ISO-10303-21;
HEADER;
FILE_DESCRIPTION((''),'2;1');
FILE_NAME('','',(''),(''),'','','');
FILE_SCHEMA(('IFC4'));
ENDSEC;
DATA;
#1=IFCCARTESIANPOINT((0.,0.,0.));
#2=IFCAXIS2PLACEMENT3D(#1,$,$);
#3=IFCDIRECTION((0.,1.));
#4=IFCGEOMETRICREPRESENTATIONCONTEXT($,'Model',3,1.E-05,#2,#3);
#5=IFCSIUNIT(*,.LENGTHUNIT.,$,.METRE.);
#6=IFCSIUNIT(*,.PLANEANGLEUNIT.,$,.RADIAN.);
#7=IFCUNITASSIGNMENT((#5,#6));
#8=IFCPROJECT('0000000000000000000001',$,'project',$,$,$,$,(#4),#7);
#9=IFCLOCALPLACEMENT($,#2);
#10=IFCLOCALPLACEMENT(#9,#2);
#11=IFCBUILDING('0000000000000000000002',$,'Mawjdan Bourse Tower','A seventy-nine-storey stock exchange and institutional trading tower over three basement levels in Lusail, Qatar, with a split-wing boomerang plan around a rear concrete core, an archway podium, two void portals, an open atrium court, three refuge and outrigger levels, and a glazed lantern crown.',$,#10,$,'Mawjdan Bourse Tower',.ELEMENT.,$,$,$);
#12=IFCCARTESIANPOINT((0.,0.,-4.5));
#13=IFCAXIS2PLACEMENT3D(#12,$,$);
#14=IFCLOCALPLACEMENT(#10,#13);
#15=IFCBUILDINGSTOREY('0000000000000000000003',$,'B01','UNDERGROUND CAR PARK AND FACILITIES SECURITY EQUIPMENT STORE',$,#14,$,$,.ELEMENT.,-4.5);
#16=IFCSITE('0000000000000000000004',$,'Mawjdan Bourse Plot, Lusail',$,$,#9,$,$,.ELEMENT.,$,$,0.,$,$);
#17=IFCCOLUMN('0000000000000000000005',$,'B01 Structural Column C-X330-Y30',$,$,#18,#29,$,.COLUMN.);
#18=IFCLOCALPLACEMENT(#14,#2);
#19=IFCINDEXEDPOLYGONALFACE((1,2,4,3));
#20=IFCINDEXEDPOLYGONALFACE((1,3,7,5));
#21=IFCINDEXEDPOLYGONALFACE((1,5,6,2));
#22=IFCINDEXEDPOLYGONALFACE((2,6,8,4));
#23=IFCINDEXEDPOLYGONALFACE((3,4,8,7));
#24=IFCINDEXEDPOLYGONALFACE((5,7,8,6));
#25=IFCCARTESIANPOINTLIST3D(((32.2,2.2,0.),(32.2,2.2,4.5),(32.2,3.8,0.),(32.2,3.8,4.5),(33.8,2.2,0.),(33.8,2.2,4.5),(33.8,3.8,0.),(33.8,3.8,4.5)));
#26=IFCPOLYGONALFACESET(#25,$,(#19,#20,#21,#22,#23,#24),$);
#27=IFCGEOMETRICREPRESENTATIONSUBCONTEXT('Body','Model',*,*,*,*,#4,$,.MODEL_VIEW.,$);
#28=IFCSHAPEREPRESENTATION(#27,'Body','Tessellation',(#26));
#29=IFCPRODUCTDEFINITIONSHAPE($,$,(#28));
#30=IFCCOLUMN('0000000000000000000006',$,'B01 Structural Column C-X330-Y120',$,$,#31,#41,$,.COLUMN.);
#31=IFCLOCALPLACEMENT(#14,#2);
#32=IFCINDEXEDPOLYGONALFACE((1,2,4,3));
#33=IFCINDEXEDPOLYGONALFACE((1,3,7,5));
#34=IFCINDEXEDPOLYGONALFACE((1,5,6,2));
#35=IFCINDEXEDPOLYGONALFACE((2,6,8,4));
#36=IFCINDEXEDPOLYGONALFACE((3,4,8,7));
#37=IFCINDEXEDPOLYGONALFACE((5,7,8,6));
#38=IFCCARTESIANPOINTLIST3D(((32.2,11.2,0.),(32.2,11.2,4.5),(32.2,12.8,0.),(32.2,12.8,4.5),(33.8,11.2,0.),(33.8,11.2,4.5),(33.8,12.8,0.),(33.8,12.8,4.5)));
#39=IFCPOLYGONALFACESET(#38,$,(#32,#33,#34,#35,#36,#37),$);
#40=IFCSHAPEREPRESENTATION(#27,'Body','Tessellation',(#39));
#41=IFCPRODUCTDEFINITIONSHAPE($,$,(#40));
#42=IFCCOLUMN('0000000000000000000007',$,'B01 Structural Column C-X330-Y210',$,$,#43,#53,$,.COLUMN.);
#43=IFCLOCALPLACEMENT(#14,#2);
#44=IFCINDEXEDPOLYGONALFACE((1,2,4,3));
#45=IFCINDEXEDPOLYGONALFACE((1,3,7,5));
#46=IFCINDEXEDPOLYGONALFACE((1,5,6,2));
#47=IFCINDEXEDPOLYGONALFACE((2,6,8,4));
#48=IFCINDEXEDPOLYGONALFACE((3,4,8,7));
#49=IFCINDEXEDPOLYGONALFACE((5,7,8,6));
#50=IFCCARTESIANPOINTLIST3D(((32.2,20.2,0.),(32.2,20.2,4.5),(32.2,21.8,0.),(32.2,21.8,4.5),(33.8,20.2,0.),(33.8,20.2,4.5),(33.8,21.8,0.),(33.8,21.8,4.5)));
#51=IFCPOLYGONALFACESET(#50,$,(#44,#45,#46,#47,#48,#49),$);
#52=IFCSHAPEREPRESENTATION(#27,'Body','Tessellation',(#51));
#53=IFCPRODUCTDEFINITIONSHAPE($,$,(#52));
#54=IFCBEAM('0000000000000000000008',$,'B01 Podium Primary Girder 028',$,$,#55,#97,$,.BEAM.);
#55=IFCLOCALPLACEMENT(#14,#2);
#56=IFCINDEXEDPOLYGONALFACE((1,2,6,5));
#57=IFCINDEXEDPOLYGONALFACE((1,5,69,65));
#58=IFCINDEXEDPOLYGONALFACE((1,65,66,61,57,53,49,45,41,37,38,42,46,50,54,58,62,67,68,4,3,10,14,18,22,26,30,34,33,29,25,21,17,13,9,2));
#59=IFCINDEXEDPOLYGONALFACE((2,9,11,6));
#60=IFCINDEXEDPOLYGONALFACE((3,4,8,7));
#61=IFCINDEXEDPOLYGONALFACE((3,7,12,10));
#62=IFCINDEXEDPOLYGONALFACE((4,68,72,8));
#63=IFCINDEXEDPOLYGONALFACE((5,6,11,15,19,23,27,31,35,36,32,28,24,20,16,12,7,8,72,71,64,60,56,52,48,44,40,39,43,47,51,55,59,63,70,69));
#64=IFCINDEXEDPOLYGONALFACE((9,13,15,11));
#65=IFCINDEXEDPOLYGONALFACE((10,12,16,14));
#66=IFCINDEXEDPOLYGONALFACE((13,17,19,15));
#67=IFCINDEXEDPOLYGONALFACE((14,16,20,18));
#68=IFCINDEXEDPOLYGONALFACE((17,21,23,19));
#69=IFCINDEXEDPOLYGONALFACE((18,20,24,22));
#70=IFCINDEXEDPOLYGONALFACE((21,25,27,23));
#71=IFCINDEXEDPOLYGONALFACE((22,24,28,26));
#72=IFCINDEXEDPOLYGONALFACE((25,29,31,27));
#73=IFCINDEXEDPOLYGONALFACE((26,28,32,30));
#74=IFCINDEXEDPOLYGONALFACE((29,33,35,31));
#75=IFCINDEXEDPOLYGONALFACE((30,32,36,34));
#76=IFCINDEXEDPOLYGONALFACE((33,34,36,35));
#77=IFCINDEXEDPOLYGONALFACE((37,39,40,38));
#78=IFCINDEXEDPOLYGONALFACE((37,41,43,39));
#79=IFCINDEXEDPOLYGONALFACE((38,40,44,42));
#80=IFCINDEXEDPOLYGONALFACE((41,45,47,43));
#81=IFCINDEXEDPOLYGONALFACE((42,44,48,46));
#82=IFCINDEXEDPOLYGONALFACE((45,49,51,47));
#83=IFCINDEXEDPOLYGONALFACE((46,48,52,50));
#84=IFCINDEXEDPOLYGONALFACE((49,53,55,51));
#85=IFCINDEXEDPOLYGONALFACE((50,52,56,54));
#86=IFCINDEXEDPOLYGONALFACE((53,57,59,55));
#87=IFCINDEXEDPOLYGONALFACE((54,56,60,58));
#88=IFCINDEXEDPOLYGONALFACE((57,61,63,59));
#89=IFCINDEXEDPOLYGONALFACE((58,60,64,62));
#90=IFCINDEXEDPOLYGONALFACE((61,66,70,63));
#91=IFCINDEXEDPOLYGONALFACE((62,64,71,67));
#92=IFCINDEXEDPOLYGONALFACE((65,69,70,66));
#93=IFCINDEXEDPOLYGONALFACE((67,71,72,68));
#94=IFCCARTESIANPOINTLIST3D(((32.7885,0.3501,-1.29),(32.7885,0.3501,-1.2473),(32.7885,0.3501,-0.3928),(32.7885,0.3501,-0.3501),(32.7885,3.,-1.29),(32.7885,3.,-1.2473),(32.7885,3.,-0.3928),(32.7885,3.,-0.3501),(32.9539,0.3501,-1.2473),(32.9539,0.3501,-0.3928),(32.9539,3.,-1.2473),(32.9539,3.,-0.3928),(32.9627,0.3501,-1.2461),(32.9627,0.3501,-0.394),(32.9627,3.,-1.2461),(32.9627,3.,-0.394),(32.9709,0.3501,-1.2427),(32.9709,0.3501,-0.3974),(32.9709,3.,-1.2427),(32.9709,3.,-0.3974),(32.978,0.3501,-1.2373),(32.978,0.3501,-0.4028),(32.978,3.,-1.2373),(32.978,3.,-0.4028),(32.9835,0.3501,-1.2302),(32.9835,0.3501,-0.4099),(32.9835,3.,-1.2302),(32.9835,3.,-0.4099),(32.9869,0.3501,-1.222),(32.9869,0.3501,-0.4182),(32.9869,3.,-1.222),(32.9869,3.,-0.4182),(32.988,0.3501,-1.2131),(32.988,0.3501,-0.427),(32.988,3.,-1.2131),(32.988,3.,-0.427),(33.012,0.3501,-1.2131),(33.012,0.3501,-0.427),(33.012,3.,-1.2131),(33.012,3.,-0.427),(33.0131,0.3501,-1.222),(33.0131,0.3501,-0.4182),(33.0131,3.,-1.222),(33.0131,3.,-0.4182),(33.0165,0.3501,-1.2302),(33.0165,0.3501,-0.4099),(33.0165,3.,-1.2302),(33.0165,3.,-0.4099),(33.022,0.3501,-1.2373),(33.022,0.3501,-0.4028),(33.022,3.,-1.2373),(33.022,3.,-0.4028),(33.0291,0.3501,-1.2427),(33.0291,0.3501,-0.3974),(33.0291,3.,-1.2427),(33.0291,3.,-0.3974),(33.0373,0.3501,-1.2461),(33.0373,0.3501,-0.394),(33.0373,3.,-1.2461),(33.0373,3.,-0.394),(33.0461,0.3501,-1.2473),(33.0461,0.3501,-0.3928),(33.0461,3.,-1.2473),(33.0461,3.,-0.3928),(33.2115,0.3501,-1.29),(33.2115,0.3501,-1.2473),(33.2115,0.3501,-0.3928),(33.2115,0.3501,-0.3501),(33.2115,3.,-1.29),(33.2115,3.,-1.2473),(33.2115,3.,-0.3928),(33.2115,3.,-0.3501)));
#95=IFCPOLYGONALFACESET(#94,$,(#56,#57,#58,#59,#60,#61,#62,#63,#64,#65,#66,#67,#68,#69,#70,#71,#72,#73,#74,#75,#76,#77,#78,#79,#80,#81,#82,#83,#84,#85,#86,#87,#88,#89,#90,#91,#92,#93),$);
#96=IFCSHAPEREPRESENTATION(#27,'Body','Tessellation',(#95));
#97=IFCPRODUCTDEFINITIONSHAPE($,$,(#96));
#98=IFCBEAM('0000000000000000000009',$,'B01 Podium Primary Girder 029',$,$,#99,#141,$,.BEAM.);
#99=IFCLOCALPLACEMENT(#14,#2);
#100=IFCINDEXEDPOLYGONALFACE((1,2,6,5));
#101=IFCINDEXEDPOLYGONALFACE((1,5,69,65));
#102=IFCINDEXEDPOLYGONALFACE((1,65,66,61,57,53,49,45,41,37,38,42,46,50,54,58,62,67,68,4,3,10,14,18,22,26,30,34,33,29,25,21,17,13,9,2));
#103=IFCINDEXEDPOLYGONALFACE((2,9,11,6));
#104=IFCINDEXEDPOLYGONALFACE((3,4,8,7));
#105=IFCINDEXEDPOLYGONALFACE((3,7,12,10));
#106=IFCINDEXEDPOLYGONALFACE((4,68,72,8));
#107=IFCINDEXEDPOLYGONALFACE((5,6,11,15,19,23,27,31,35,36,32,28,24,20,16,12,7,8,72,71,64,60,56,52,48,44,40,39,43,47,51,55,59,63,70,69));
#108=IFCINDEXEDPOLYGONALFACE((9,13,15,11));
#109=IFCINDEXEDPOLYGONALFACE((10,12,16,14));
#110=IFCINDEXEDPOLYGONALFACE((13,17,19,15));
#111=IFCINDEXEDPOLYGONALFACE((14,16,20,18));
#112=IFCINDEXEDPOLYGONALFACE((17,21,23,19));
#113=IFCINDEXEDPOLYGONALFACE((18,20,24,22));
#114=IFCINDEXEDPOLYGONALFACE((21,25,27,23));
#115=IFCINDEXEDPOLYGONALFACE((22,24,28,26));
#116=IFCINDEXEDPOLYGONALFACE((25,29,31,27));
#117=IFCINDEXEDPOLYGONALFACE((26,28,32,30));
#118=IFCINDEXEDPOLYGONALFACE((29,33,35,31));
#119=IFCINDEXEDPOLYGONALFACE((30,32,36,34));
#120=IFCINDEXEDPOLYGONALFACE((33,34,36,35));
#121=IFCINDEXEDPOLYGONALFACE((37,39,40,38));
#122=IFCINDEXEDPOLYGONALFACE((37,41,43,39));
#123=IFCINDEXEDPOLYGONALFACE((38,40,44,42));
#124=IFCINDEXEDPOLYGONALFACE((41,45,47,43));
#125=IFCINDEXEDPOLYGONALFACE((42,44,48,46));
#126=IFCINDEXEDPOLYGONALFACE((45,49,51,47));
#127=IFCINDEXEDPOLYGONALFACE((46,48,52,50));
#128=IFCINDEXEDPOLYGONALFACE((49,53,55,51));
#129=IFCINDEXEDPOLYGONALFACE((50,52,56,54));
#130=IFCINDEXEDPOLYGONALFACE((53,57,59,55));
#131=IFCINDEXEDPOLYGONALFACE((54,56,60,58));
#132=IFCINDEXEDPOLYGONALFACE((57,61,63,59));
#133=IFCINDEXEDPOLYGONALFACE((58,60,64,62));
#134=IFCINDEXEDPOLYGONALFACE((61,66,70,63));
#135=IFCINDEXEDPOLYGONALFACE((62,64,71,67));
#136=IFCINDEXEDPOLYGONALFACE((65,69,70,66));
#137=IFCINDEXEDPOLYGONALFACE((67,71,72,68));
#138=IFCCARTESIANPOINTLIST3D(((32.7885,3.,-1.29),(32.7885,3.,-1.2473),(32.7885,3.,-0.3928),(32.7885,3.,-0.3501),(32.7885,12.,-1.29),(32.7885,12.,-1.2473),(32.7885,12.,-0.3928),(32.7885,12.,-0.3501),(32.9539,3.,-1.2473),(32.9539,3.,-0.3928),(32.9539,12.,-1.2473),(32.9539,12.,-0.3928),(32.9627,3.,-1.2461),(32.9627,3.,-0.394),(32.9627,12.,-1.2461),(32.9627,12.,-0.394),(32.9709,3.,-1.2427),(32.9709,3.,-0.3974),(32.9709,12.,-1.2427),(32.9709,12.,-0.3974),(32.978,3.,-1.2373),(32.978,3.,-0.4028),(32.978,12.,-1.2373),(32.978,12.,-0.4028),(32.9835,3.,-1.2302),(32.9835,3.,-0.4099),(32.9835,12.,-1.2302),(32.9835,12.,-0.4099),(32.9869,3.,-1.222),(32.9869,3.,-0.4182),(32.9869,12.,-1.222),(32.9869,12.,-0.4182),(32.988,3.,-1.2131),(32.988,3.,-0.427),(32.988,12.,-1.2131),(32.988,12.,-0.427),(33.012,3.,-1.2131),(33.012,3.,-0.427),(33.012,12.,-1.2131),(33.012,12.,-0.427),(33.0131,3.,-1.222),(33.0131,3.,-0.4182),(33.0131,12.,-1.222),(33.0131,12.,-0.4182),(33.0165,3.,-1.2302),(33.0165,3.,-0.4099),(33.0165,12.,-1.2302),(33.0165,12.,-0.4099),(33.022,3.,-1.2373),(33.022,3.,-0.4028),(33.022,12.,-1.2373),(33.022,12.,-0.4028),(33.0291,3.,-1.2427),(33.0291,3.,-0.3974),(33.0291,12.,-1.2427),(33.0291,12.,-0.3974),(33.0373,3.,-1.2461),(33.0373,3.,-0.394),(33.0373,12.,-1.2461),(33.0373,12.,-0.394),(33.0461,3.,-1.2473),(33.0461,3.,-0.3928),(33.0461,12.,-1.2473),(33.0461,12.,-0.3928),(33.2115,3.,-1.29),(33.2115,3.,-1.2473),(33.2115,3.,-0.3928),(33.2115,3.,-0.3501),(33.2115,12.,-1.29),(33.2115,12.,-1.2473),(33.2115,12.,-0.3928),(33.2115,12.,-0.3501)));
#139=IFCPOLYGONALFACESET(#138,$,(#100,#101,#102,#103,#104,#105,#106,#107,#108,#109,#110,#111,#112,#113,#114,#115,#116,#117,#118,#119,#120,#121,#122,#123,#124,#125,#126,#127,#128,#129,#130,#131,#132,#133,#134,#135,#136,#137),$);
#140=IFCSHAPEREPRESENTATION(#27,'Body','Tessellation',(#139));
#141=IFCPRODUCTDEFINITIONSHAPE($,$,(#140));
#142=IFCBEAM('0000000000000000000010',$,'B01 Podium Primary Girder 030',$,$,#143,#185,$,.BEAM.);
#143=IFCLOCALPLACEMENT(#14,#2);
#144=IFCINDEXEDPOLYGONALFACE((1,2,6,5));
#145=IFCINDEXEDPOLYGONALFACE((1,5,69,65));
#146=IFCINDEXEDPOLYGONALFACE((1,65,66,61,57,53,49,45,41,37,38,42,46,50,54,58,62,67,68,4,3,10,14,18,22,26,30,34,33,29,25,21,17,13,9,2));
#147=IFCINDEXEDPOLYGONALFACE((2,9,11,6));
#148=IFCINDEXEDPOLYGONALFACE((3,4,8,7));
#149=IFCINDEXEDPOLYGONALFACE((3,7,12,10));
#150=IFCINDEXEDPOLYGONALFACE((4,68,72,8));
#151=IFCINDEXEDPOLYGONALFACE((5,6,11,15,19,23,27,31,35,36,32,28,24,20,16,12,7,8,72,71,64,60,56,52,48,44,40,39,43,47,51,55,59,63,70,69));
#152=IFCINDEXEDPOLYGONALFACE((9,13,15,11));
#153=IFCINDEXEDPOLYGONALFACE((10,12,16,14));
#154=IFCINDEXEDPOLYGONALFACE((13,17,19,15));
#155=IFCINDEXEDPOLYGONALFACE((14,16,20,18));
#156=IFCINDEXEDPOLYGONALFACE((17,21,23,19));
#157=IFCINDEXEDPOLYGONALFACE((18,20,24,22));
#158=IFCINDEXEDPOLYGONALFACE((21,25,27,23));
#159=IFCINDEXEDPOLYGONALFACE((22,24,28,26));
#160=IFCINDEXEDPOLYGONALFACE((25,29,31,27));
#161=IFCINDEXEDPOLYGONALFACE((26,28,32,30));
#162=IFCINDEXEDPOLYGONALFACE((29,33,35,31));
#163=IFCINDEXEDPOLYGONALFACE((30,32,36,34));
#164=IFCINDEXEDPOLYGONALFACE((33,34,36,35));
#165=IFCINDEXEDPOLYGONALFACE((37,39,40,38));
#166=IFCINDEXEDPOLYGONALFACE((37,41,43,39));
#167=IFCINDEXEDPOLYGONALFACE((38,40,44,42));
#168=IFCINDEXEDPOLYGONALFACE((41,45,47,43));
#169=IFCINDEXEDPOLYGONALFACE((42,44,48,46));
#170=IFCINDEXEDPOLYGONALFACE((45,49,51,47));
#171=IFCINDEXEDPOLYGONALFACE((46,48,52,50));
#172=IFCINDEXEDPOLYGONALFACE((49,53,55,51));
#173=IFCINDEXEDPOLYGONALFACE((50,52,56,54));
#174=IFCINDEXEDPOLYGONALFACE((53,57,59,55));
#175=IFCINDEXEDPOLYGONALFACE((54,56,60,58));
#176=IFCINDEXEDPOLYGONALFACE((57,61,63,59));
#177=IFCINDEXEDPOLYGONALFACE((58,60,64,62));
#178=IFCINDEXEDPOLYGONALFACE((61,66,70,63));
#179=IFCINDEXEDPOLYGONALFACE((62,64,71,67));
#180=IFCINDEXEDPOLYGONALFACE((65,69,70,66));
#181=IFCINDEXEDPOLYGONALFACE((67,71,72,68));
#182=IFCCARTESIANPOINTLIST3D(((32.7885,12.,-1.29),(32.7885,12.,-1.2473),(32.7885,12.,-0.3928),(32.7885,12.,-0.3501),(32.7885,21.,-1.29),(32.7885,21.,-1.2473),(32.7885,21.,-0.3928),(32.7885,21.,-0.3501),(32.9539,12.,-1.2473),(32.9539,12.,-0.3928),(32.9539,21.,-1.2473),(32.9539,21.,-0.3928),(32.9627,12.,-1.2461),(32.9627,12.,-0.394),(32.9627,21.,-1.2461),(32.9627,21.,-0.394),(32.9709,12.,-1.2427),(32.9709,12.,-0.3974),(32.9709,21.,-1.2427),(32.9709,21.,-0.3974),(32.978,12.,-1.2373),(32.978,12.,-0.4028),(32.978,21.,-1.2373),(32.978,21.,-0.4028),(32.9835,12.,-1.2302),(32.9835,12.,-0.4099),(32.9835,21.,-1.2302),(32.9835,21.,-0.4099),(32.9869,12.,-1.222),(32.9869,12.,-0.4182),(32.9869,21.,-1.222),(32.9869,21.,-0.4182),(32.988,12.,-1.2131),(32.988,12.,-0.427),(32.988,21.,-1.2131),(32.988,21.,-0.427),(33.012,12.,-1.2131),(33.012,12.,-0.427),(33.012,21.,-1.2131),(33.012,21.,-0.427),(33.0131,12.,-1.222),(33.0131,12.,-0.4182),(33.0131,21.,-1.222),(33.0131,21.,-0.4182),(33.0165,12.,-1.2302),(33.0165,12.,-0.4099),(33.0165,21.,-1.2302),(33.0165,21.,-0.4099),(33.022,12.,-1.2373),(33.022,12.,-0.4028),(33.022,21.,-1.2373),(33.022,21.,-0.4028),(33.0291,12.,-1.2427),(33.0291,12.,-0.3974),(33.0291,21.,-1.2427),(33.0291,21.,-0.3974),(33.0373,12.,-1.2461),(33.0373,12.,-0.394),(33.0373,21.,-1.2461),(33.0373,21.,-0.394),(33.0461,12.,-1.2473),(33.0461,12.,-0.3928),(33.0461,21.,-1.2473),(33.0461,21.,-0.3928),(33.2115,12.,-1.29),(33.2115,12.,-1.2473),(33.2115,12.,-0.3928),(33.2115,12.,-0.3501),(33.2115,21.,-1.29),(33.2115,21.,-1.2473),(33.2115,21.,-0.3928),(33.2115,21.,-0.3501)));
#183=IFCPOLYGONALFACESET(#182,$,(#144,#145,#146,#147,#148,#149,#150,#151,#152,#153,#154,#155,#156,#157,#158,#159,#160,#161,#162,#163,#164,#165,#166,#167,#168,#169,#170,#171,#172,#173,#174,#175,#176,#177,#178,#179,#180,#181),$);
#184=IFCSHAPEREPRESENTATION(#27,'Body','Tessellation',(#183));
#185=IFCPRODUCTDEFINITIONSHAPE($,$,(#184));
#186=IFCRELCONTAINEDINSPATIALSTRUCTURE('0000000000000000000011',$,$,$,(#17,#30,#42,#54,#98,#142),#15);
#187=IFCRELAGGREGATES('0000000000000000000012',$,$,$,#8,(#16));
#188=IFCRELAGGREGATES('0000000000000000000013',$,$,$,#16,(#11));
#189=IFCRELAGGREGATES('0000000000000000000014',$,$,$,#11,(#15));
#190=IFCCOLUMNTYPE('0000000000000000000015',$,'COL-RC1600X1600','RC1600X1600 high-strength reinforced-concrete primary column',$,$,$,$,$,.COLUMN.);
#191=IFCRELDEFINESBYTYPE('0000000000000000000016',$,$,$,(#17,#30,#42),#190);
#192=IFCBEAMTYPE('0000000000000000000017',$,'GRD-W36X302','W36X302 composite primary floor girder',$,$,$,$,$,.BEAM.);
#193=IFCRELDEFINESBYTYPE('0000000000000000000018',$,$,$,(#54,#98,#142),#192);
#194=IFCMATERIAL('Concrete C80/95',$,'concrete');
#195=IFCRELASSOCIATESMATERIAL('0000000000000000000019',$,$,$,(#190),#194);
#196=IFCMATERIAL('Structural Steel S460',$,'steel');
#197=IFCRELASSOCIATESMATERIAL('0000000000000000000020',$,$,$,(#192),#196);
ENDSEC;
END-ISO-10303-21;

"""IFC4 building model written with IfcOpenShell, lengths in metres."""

from ifc_helpers import new_model, si_unit, direction, frame, origin, origin_2d, place, context, subcontext, project, spatial, rectangle, i_section, extrude, material, material_profile, profile_set, type_object, element, save


model = new_model("IFC4")

# Units and contexts
model_context = context("Model", 3, precision=1e-05, world=origin(), true_north=direction((0.0, 1.0)))
body_context = subcontext(model_context, "Body", "Model", "MODEL_VIEW")
ifc_project = project(units=[si_unit("LENGTHUNIT", "METRE"), si_unit("PLANEANGLEUNIT", "RADIAN")], contexts=[model_context])

# Site, building, storey
site_placement = place(None, origin())
site = spatial("IfcSite", under=ifc_project, at=site_placement, Name="Mawjdan Bourse Plot, Lusail", CompositionType="ELEMENT", RefElevation=0.0)
building_placement = place(site_placement, origin())
building = spatial("IfcBuilding", under=site, at=building_placement, Name="Mawjdan Bourse Tower", Description="A seventy-nine-storey stock exchange and institutional trading tower over three basement levels in Lusail, Qatar, with a split-wing boomerang plan around a rear concrete core, an archway podium, two void portals, an open atrium court, three refuge and outrigger levels, and a glazed lantern crown.", LongName="Mawjdan Bourse Tower", CompositionType="ELEMENT")
storey_placement = place(building_placement, frame((0.0, 0.0, -4.5)))
storey = spatial("IfcBuildingStorey", under=building, at=storey_placement, Name="B01", Description="UNDERGROUND CAR PARK AND FACILITIES SECURITY EQUIPMENT STORE", CompositionType="ELEMENT", Elevation=-4.5)

# Columns
ifc_material_1 = material(Name="Concrete C80/95", Category="concrete")
ifc_material_profile_1 = material_profile(ifc_material_1, rectangle(XDim=1.6001, YDim=1.6001, at=origin_2d()), Name="RC1600X1600")
ifc_profile_set_1 = profile_set([ifc_material_profile_1], Name="Concrete C80/95")
column_type = type_object("IfcColumnType", Name="COL-RC1600X1600", Description="RC1600X1600 high-strength reinforced-concrete primary column", PredefinedType="COLUMN", material=ifc_profile_set_1)
for number, where, z_axis, x_axis, name in (
    (1, (33.0, 3.0, 0.0), (0.0, 0.0, 1.0), (1.0, 0.0, 0.0), "B01 Structural Column C-X330-Y30"),
    (2, (33.0, 12.0, 0.0), (0.0, 0.0, 1.0), (1.0, 0.0, 0.0), "B01 Structural Column C-X330-Y120"),
    (3, (33.0, 21.0, 0.0), (0.0, 0.0, 1.0), (1.0, 0.0, 0.0), "B01 Structural Column C-X330-Y210"),
):
    element("IfcColumn", number, at=place(storey_placement, frame(where, z_axis=z_axis, x_axis=x_axis)), inside=storey, type_object=column_type, Name=name, PredefinedType="COLUMN", context=body_context, shape_type="SweptSolid", body=[
        extrude(rectangle(XDim=1.6001, YDim=1.6001, at=origin_2d()), origin(), (0.0, 0.0, 1.0), 4.5),
    ])

# Beams
ifc_material_2 = material(Name="Structural Steel S460", Category="steel")
ifc_material_profile_2 = material_profile(ifc_material_2, i_section(OverallWidth=0.4231, OverallDepth=0.9399, WebThickness=0.0239, FlangeThickness=0.0427, FilletRadius=0.0342, at=origin_2d()), Name="W36X302")
ifc_profile_set_2 = profile_set([ifc_material_profile_2], Name="Structural Steel S460")
beam_type_1 = type_object("IfcBeamType", Name="GRD-W36X302", Description="W36X302 composite primary floor girder", PredefinedType="BEAM", material=ifc_profile_set_2)
beam_1_placement = place(storey_placement, frame((33.0, 0.3501, -0.8201), z_axis=(0.0, 1.0, 0.0), x_axis=(-1.0, 0.0, 0.0)))
element("IfcBeam", 4, at=beam_1_placement, inside=storey, type_object=beam_type_1, Name="B01 Podium Primary Girder 028", PredefinedType="BEAM", context=body_context, shape_type="SweptSolid", body=[
    extrude(i_section(OverallWidth=0.4231, OverallDepth=0.9399, WebThickness=0.0239, FlangeThickness=0.0427, FilletRadius=0.0342, at=origin_2d()), origin(), (0.0, 0.0, 1.0), 2.6499),
])
for number, where, z_axis, x_axis, name in (
    (5, (33.0, 3.0, -0.8201), (0.0, 1.0, 0.0), (-1.0, 0.0, 0.0), "B01 Podium Primary Girder 029"),
    (6, (33.0, 12.0, -0.8201), (0.0, 1.0, 0.0), (-1.0, 0.0, 0.0), "B01 Podium Primary Girder 030"),
):
    element("IfcBeam", number, at=place(storey_placement, frame(where, z_axis=z_axis, x_axis=x_axis)), inside=storey, type_object=beam_type_1, Name=name, PredefinedType="BEAM", context=body_context, shape_type="SweptSolid", body=[
        extrude(i_section(OverallWidth=0.4231, OverallDepth=0.9399, WebThickness=0.0239, FlangeThickness=0.0427, FilletRadius=0.0342, at=origin_2d()), origin(), (0.0, 0.0, 1.0), 9.0),
    ])

save(model, "model.ifc")
